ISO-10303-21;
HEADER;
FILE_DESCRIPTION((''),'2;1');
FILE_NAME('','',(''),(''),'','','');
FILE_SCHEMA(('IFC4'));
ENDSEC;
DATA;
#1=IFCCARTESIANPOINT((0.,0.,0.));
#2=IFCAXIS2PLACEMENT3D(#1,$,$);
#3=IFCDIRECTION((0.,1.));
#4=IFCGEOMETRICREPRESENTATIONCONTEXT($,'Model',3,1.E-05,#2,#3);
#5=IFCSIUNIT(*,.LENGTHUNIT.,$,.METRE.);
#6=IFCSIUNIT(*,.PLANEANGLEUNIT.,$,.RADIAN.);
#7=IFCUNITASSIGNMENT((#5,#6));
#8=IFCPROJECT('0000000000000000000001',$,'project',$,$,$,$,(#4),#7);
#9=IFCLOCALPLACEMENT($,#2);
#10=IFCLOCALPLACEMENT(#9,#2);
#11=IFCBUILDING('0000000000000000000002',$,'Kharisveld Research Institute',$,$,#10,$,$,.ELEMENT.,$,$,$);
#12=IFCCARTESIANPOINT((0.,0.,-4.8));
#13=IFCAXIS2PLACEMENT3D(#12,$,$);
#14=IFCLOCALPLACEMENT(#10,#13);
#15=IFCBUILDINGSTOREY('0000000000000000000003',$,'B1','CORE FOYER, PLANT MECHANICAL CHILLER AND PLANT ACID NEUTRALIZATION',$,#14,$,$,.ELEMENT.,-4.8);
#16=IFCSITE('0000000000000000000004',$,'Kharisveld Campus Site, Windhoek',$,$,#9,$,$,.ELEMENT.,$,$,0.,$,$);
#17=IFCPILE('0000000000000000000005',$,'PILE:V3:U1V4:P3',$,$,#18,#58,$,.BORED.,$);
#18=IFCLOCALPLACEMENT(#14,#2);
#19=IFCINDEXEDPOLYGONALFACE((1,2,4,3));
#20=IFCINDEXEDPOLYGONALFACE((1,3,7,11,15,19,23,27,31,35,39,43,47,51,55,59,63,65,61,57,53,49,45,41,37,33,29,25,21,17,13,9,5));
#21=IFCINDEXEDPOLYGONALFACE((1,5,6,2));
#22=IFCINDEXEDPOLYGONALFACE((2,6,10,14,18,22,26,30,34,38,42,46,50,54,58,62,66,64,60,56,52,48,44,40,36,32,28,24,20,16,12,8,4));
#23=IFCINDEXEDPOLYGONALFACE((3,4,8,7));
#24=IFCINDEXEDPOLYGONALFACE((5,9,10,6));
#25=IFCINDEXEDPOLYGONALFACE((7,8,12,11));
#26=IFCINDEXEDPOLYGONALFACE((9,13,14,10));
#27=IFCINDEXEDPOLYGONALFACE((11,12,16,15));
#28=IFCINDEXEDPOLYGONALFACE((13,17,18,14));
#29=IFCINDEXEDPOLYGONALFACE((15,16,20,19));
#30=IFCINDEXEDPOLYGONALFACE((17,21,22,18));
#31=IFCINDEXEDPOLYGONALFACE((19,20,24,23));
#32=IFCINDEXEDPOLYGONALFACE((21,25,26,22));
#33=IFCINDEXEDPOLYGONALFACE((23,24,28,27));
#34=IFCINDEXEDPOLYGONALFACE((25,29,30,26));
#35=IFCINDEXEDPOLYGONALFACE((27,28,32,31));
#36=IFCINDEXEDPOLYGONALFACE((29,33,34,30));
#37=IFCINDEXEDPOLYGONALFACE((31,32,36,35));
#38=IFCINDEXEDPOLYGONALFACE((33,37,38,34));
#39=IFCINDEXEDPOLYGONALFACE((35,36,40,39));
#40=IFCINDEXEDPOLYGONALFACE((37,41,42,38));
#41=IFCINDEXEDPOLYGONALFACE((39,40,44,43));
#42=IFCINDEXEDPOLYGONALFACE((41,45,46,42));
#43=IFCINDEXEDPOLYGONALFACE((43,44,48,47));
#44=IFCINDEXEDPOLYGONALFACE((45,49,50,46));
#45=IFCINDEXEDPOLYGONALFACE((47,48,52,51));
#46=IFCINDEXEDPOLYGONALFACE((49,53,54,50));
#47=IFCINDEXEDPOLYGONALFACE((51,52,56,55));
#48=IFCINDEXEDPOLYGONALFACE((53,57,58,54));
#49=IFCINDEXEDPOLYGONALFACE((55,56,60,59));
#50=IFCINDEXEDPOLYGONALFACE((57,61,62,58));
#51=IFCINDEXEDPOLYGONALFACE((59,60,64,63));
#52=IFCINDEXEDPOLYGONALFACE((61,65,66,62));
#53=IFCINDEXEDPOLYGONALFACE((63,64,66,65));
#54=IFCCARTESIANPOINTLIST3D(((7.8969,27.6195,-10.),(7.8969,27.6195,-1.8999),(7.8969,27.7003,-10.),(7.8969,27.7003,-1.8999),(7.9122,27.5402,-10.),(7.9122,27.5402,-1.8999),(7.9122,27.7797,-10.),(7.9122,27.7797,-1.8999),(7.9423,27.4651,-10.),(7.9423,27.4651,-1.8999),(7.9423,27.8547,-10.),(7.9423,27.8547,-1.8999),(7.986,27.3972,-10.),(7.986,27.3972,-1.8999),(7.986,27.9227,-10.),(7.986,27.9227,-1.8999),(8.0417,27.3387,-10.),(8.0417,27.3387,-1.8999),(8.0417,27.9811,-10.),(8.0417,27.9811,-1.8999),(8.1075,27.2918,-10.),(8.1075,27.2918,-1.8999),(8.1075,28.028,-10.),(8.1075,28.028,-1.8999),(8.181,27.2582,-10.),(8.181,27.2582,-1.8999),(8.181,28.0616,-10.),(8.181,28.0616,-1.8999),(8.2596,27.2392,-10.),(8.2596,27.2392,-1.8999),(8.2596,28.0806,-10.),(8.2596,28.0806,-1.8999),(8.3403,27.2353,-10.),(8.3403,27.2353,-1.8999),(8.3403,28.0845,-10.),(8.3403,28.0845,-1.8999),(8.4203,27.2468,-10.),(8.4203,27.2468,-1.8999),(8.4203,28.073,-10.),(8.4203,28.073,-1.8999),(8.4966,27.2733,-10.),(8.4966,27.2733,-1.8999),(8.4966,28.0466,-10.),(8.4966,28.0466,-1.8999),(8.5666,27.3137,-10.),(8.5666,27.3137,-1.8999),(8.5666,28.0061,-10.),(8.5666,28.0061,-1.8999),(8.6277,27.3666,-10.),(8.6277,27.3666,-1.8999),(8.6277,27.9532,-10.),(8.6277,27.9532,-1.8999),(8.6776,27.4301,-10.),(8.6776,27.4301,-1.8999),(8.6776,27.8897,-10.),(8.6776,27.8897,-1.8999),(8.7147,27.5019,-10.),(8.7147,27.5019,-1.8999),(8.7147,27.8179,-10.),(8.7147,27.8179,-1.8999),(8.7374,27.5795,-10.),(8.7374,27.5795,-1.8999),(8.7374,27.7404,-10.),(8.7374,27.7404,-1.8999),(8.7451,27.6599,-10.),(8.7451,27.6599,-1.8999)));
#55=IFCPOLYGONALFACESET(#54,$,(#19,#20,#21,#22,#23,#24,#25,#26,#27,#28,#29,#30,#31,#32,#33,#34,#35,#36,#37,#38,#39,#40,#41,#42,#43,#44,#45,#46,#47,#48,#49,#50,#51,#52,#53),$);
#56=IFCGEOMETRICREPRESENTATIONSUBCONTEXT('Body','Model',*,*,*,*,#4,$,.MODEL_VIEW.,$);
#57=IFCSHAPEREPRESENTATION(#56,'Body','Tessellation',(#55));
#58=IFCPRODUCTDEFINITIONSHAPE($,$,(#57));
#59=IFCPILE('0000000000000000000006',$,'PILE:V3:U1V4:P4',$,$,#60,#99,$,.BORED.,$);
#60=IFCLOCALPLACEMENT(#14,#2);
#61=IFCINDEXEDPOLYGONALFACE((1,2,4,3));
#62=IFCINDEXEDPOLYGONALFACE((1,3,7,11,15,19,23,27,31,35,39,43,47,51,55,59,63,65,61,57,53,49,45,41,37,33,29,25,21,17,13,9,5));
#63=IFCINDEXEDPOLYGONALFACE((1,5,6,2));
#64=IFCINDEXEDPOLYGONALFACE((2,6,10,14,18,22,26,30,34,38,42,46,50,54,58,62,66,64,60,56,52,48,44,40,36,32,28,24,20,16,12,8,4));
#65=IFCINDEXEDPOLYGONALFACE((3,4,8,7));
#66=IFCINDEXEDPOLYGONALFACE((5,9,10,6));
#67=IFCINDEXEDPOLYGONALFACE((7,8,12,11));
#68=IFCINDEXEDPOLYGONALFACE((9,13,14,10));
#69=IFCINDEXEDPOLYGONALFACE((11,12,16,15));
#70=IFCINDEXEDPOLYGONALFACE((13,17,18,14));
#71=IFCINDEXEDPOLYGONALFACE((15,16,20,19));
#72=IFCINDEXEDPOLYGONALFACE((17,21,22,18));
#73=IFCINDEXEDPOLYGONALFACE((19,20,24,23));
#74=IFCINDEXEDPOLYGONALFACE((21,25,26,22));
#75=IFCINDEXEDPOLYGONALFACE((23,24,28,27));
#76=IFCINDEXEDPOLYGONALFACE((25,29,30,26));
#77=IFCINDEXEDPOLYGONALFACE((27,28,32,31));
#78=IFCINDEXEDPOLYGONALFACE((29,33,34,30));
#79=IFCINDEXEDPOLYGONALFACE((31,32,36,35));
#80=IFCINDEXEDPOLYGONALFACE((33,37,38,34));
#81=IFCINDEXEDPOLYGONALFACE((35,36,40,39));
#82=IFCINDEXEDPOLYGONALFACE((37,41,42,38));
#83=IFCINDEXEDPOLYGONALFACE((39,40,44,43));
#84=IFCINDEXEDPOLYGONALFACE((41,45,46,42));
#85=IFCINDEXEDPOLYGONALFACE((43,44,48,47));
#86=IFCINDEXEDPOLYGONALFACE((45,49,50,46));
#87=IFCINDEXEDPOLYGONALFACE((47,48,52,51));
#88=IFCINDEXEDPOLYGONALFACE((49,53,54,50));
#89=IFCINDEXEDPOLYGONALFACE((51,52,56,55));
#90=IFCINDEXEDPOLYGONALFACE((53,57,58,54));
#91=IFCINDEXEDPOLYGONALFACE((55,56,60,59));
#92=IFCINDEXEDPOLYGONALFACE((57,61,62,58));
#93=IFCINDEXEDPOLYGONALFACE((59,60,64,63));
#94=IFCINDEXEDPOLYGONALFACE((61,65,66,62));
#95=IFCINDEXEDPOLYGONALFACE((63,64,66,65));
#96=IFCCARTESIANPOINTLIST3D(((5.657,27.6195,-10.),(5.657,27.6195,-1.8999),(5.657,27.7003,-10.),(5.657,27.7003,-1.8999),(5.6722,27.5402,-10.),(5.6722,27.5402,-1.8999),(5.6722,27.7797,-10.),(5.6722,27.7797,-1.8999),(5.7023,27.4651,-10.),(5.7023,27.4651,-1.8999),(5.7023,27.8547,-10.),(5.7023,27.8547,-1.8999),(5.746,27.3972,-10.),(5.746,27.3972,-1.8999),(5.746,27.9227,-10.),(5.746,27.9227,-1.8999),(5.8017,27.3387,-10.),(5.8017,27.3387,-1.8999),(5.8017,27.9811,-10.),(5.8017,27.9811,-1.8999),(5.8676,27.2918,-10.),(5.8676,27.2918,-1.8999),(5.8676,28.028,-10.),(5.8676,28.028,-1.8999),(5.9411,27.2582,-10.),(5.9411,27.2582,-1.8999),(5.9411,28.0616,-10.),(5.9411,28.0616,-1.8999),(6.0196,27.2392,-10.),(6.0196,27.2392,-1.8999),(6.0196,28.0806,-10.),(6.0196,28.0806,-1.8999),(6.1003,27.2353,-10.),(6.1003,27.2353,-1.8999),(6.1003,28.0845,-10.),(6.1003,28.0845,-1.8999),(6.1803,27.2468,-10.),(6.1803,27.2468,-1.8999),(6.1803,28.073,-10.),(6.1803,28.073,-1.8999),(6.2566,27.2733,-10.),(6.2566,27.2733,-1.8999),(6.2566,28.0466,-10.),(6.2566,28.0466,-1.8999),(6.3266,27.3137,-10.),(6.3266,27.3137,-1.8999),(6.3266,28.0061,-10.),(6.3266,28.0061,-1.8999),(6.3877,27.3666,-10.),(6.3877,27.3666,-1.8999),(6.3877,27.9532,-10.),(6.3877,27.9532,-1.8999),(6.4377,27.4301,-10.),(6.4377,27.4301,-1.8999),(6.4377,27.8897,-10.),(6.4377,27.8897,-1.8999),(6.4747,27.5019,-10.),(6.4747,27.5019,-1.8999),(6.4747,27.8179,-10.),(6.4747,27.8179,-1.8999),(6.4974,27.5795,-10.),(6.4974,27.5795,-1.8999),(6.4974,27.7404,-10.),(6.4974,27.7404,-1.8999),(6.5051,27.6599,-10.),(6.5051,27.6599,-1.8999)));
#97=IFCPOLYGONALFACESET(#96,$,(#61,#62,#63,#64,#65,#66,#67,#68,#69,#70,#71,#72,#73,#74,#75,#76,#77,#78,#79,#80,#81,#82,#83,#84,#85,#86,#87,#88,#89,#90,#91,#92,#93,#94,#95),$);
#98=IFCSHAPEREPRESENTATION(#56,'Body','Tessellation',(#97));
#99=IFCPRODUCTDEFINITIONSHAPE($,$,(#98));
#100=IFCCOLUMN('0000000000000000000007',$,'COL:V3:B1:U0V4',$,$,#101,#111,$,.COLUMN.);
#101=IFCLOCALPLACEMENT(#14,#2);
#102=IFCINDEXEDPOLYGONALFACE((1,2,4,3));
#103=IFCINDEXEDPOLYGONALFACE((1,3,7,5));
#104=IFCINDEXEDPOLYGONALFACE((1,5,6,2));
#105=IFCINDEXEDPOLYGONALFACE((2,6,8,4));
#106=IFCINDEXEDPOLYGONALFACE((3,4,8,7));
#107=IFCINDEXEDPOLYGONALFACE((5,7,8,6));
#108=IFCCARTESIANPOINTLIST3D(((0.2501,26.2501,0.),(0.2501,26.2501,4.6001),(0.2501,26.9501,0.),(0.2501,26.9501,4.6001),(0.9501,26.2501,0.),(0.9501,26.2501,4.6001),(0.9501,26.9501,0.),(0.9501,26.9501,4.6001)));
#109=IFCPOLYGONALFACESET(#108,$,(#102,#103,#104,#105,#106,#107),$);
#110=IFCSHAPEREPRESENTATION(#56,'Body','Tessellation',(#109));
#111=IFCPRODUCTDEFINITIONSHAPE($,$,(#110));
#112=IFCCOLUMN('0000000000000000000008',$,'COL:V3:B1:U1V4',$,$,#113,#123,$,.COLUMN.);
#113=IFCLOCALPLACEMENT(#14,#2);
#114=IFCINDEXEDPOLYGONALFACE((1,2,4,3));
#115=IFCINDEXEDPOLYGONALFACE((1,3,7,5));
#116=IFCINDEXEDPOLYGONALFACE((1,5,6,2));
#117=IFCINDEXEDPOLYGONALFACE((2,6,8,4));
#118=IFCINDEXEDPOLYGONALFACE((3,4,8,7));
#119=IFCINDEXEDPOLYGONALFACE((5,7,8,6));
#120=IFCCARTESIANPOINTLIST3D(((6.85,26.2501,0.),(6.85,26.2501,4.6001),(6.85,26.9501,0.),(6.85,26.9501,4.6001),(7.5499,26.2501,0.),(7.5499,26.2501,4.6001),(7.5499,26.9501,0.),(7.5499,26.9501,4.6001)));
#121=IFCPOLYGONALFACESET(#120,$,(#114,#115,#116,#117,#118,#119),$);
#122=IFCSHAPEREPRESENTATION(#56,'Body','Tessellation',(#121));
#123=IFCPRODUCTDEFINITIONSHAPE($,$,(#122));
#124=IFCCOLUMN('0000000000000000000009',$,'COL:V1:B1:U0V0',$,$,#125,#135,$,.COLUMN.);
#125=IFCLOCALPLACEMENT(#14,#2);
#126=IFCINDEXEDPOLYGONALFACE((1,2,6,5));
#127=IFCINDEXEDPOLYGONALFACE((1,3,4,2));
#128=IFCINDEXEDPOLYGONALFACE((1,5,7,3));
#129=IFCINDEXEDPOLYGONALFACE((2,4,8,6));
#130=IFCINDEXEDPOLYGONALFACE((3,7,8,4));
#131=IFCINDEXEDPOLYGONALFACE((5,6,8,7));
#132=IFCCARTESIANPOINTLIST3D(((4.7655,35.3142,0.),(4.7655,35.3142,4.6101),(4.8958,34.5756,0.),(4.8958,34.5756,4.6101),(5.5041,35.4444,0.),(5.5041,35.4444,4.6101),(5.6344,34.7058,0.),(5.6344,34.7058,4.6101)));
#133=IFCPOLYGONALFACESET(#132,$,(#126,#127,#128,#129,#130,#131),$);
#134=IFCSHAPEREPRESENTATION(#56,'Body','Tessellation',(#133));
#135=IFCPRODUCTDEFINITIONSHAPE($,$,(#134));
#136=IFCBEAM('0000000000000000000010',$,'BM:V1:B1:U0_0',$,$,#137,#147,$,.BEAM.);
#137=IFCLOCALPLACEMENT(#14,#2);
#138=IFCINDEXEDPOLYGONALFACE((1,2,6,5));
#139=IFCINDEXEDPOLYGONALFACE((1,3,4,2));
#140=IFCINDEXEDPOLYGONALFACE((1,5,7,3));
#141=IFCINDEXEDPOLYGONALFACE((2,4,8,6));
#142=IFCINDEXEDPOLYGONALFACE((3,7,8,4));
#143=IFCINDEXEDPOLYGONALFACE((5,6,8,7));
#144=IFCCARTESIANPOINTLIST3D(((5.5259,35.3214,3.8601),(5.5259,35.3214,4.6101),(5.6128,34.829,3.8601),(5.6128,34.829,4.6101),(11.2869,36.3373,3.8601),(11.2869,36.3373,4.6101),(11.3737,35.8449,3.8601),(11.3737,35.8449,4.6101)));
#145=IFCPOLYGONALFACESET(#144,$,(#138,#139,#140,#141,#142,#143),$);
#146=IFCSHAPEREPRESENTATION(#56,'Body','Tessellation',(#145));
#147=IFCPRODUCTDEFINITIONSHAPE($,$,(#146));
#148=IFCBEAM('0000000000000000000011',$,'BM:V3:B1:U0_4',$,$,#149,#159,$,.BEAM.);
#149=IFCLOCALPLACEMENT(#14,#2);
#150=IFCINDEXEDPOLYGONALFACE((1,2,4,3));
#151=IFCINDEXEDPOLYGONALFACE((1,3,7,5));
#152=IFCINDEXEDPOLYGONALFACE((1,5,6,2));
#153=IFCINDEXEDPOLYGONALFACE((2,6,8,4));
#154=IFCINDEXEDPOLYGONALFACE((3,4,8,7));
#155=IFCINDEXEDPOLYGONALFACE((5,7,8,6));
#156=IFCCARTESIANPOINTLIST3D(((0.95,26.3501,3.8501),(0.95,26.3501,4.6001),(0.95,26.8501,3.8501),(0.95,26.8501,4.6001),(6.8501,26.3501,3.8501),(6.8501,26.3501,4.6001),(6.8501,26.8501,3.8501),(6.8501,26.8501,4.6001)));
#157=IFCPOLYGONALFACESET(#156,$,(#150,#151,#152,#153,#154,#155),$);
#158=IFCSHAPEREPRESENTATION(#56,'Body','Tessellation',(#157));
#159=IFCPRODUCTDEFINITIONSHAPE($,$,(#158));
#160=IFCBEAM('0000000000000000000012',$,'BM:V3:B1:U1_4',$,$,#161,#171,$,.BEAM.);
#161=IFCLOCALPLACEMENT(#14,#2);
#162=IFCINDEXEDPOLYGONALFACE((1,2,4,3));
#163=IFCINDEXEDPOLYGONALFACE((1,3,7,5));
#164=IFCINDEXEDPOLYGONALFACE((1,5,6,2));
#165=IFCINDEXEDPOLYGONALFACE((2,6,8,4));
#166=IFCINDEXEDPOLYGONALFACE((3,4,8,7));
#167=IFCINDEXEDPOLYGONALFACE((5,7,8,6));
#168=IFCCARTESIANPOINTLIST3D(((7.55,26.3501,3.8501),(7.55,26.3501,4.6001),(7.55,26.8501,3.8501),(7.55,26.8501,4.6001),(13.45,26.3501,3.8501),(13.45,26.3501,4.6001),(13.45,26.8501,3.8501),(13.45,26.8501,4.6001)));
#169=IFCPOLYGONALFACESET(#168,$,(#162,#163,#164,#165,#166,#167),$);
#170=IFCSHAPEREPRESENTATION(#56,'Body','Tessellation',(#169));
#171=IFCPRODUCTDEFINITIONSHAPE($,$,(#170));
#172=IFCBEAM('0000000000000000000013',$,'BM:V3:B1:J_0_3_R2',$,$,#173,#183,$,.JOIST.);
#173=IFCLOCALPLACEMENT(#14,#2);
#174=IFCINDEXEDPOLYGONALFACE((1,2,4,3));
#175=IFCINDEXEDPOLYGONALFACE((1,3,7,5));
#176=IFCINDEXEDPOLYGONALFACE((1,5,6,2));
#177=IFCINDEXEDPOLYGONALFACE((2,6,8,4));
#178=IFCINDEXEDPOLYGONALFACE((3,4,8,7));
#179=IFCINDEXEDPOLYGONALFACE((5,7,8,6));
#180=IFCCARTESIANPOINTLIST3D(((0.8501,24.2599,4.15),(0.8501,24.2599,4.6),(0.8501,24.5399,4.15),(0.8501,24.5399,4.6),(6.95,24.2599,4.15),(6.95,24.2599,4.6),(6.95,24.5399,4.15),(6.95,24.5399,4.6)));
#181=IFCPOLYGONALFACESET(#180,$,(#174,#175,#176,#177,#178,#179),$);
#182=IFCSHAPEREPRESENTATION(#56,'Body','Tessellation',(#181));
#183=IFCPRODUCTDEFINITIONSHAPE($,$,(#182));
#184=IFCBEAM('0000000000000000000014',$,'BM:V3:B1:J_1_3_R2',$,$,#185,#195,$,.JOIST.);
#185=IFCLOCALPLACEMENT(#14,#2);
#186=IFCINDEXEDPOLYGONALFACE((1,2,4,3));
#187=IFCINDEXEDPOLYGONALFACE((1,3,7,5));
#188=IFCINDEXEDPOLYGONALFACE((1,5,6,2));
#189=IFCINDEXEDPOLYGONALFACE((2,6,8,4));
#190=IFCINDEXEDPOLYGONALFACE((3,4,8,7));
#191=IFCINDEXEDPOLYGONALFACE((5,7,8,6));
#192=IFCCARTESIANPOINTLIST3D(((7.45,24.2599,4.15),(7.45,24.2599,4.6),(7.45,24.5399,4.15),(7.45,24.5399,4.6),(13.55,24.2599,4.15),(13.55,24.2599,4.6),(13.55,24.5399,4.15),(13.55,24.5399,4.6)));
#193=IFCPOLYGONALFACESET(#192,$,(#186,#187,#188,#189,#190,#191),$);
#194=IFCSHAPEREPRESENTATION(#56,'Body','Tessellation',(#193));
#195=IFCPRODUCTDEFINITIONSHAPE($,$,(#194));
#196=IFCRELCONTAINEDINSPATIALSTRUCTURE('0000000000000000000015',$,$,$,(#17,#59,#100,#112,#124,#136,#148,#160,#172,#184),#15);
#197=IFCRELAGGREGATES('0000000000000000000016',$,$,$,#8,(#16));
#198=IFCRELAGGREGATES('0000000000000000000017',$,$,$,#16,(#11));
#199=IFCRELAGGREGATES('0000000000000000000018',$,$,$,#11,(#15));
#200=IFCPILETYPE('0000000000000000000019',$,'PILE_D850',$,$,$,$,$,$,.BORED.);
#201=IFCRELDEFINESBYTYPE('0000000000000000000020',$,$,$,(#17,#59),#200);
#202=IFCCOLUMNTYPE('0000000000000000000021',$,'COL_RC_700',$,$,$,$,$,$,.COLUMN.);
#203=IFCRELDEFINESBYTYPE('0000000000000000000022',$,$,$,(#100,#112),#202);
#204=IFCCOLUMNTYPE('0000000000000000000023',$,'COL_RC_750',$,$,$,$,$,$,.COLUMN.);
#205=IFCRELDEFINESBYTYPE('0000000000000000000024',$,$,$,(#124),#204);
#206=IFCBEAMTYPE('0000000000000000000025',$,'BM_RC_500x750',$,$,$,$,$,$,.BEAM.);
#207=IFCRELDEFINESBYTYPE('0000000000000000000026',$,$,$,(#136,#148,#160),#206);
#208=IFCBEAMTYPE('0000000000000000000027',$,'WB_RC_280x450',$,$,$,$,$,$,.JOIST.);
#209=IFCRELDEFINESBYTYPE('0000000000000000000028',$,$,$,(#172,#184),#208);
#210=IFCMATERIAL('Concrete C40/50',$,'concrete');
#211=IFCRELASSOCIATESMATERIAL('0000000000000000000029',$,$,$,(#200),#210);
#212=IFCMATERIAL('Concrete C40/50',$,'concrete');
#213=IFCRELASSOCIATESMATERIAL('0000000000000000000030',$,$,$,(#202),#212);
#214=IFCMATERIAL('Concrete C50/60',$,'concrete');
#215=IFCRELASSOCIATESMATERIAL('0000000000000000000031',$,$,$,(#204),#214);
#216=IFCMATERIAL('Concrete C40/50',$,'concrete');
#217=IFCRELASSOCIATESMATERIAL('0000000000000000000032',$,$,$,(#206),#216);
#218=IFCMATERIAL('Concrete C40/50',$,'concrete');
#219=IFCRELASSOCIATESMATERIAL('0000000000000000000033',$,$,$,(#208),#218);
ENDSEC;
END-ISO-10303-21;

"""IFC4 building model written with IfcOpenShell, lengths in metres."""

from ifc_helpers import new_model, si_unit, direction, frame, origin, origin_2d, place, context, subcontext, project, spatial, rectangle, circle, extrude, material, material_profile, profile_set, type_object, element, save


model = new_model("IFC4")

# Units and contexts
model_context = context("Model", 3, precision=1e-05, world=origin(), true_north=direction((0.0, 1.0)))
body_context = subcontext(model_context, "Body", "Model", "MODEL_VIEW")
ifc_project = project(units=[si_unit("LENGTHUNIT", "METRE"), si_unit("PLANEANGLEUNIT", "RADIAN")], contexts=[model_context])

# Site, building, storey
site_placement = place(None, origin())
site = spatial("IfcSite", under=ifc_project, at=site_placement, Name="Kharisveld Campus Site, Windhoek", CompositionType="ELEMENT", RefElevation=0.0)
building_placement = place(site_placement, origin())
building = spatial("IfcBuilding", under=site, at=building_placement, Name="Kharisveld Research Institute", CompositionType="ELEMENT")
storey_placement = place(building_placement, frame((0.0, 0.0, -4.8)))
storey = spatial("IfcBuildingStorey", under=building, at=storey_placement, Name="B1", Description="CORE FOYER, PLANT MECHANICAL CHILLER AND PLANT ACID NEUTRALIZATION", CompositionType="ELEMENT", Elevation=-4.8)

# Piles
ifc_material_1 = material(Name="Concrete C40/50", Category="concrete")
ifc_material_profile_1 = material_profile(ifc_material_1, circle(Radius=0.425, at=origin_2d()))
ifc_profile_set_1 = profile_set([ifc_material_profile_1], Name="Concrete C40/50")
pile_type_1 = type_object("IfcPileType", Name="PILE_D850", PredefinedType="BORED", material=ifc_profile_set_1)
for number, where, z_axis, x_axis, name in (
    (1, (8.3201, 27.6599, -1.8999), (0.0, 0.0, -1.0), (1.0, 0.0, 0.0), "PILE:V3:U1V4:P3"),
    (2, (6.0801, 27.6599, -1.8999), (0.0, 0.0, -1.0), (1.0, 0.0, 0.0), "PILE:V3:U1V4:P4"),
):
    element("IfcPile", number, at=place(storey_placement, frame(where, z_axis=z_axis, x_axis=x_axis)), inside=storey, type_object=pile_type_1, Name=name, PredefinedType="BORED", context=body_context, shape_type="SweptSolid", body=[
        extrude(circle(Radius=0.425, at=origin_2d()), origin(), (0.0, 0.0, 1.0), 8.1001),
    ])

# Columns
ifc_material_2 = material(Name="Concrete C40/50", Category="concrete")
ifc_material_profile_2 = material_profile(ifc_material_2, rectangle(XDim=0.7, YDim=0.7, at=origin_2d()))
ifc_profile_set_2 = profile_set([ifc_material_profile_2], Name="Concrete C40/50")
column_type_1 = type_object("IfcColumnType", Name="COL_RC_700", PredefinedType="COLUMN", material=ifc_profile_set_2)
for number, where, z_axis, x_axis, name in (
    (3, (0.6001, 26.6001, 0.0), (0.0, 0.0, 1.0), (1.0, 0.0, 0.0), "COL:V3:B1:U0V4"),
    (4, (7.2, 26.6001, 0.0), (0.0, 0.0, 1.0), (1.0, 0.0, 0.0), "COL:V3:B1:U1V4"),
):
    element("IfcColumn", number, at=place(storey_placement, frame(where, z_axis=z_axis, x_axis=x_axis)), inside=storey, type_object=column_type_1, Name=name, PredefinedType="COLUMN", context=body_context, shape_type="SweptSolid", body=[
        extrude(rectangle(XDim=0.7, YDim=0.7, at=origin_2d()), origin(), (0.0, 0.0, 1.0), 4.6001),
    ])
ifc_material_3 = material(Name="Concrete C50/60", Category="concrete")
ifc_material_profile_3 = material_profile(ifc_material_3, rectangle(XDim=0.75, YDim=0.75, at=origin_2d()))
ifc_profile_set_3 = profile_set([ifc_material_profile_3], Name="Concrete C50/60")
column_type_2 = type_object("IfcColumnType", Name="COL_RC_750", PredefinedType="COLUMN", material=ifc_profile_set_3)
column_placement = place(storey_placement, frame((5.2, 35.01, 0.0), z_axis=(0.0, 0.0, 1.0), x_axis=(0.984808, 0.173648, 0.0)))
element("IfcColumn", 5, at=column_placement, inside=storey, type_object=column_type_2, Name="COL:V1:B1:U0V0", PredefinedType="COLUMN", context=body_context, shape_type="SweptSolid", body=[
    extrude(rectangle(XDim=0.75, YDim=0.75, at=origin_2d()), origin(), (0.0, 0.0, 1.0), 4.6101),
])

# Beams
ifc_material_4 = material(Name="Concrete C40/50", Category="concrete")
ifc_material_profile_4 = material_profile(ifc_material_4, rectangle(XDim=0.5, YDim=0.75, at=origin_2d()))
ifc_profile_set_4 = profile_set([ifc_material_profile_4], Name="Concrete C40/50")
beam_type_1 = type_object("IfcBeamType", Name="BM_RC_500x750", PredefinedType="BEAM", material=ifc_profile_set_4)
beam_1_placement = place(storey_placement, frame((5.5693, 35.0752, 4.2351), z_axis=(0.984806, 0.173657, 0.0), x_axis=(-0.173657, 0.984806, 0.0)))
element("IfcBeam", 6, at=beam_1_placement, inside=storey, type_object=beam_type_1, Name="BM:V1:B1:U0_0", PredefinedType="BEAM", context=body_context, shape_type="SweptSolid", body=[
    extrude(rectangle(XDim=0.5, YDim=0.75, at=origin_2d()), origin(), (0.0, 0.0, 1.0), 5.8499),
])
beam_2_placement = place(storey_placement, frame((0.95, 26.6001, 4.2251), z_axis=(1.0, 0.0, 0.0), x_axis=(0.0, 1.0, 0.0)))
element("IfcBeam", 7, at=beam_2_placement, inside=storey, type_object=beam_type_1, Name="BM:V3:B1:U0_4", PredefinedType="BEAM", context=body_context, shape_type="SweptSolid", body=[
    extrude(rectangle(XDim=0.5, YDim=0.75, at=origin_2d()), origin(), (0.0, 0.0, 1.0), 5.9001),
])
beam_3_placement = place(storey_placement, frame((7.55, 26.6001, 4.2251), z_axis=(1.0, 0.0, 0.0), x_axis=(0.0, 1.0, 0.0)))
element("IfcBeam", 8, at=beam_3_placement, inside=storey, type_object=beam_type_1, Name="BM:V3:B1:U1_4", PredefinedType="BEAM", context=body_context, shape_type="SweptSolid", body=[
    extrude(rectangle(XDim=0.5, YDim=0.75, at=origin_2d()), origin(), (0.0, 0.0, 1.0), 5.8999),
])
ifc_material_5 = material(Name="Concrete C40/50", Category="concrete")
ifc_material_profile_5 = material_profile(ifc_material_5, rectangle(XDim=0.28, YDim=0.45, at=origin_2d()))
ifc_profile_set_5 = profile_set([ifc_material_profile_5], Name="Concrete C40/50")
beam_type_2 = type_object("IfcBeamType", Name="WB_RC_280x450", PredefinedType="JOIST", material=ifc_profile_set_5)
beam_4_placement = place(storey_placement, frame((0.8501, 24.3999, 4.375), z_axis=(1.0, 0.0, 0.0), x_axis=(0.0, 1.0, 0.0)))
element("IfcBeam", 9, at=beam_4_placement, inside=storey, type_object=beam_type_2, Name="BM:V3:B1:J_0_3_R2", PredefinedType="JOIST", context=body_context, shape_type="SweptSolid", body=[
    extrude(rectangle(XDim=0.28, YDim=0.45, at=origin_2d()), origin(), (0.0, 0.0, 1.0), 6.0999),
])
beam_5_placement = place(storey_placement, frame((7.45, 24.3999, 4.375), z_axis=(1.0, 0.0, 0.0), x_axis=(0.0, 1.0, 0.0)))
element("IfcBeam", 10, at=beam_5_placement, inside=storey, type_object=beam_type_2, Name="BM:V3:B1:J_1_3_R2", PredefinedType="JOIST", context=body_context, shape_type="SweptSolid", body=[
    extrude(rectangle(XDim=0.28, YDim=0.45, at=origin_2d()), origin(), (0.0, 0.0, 1.0), 6.1001),
])

save(model, "model.ifc")
